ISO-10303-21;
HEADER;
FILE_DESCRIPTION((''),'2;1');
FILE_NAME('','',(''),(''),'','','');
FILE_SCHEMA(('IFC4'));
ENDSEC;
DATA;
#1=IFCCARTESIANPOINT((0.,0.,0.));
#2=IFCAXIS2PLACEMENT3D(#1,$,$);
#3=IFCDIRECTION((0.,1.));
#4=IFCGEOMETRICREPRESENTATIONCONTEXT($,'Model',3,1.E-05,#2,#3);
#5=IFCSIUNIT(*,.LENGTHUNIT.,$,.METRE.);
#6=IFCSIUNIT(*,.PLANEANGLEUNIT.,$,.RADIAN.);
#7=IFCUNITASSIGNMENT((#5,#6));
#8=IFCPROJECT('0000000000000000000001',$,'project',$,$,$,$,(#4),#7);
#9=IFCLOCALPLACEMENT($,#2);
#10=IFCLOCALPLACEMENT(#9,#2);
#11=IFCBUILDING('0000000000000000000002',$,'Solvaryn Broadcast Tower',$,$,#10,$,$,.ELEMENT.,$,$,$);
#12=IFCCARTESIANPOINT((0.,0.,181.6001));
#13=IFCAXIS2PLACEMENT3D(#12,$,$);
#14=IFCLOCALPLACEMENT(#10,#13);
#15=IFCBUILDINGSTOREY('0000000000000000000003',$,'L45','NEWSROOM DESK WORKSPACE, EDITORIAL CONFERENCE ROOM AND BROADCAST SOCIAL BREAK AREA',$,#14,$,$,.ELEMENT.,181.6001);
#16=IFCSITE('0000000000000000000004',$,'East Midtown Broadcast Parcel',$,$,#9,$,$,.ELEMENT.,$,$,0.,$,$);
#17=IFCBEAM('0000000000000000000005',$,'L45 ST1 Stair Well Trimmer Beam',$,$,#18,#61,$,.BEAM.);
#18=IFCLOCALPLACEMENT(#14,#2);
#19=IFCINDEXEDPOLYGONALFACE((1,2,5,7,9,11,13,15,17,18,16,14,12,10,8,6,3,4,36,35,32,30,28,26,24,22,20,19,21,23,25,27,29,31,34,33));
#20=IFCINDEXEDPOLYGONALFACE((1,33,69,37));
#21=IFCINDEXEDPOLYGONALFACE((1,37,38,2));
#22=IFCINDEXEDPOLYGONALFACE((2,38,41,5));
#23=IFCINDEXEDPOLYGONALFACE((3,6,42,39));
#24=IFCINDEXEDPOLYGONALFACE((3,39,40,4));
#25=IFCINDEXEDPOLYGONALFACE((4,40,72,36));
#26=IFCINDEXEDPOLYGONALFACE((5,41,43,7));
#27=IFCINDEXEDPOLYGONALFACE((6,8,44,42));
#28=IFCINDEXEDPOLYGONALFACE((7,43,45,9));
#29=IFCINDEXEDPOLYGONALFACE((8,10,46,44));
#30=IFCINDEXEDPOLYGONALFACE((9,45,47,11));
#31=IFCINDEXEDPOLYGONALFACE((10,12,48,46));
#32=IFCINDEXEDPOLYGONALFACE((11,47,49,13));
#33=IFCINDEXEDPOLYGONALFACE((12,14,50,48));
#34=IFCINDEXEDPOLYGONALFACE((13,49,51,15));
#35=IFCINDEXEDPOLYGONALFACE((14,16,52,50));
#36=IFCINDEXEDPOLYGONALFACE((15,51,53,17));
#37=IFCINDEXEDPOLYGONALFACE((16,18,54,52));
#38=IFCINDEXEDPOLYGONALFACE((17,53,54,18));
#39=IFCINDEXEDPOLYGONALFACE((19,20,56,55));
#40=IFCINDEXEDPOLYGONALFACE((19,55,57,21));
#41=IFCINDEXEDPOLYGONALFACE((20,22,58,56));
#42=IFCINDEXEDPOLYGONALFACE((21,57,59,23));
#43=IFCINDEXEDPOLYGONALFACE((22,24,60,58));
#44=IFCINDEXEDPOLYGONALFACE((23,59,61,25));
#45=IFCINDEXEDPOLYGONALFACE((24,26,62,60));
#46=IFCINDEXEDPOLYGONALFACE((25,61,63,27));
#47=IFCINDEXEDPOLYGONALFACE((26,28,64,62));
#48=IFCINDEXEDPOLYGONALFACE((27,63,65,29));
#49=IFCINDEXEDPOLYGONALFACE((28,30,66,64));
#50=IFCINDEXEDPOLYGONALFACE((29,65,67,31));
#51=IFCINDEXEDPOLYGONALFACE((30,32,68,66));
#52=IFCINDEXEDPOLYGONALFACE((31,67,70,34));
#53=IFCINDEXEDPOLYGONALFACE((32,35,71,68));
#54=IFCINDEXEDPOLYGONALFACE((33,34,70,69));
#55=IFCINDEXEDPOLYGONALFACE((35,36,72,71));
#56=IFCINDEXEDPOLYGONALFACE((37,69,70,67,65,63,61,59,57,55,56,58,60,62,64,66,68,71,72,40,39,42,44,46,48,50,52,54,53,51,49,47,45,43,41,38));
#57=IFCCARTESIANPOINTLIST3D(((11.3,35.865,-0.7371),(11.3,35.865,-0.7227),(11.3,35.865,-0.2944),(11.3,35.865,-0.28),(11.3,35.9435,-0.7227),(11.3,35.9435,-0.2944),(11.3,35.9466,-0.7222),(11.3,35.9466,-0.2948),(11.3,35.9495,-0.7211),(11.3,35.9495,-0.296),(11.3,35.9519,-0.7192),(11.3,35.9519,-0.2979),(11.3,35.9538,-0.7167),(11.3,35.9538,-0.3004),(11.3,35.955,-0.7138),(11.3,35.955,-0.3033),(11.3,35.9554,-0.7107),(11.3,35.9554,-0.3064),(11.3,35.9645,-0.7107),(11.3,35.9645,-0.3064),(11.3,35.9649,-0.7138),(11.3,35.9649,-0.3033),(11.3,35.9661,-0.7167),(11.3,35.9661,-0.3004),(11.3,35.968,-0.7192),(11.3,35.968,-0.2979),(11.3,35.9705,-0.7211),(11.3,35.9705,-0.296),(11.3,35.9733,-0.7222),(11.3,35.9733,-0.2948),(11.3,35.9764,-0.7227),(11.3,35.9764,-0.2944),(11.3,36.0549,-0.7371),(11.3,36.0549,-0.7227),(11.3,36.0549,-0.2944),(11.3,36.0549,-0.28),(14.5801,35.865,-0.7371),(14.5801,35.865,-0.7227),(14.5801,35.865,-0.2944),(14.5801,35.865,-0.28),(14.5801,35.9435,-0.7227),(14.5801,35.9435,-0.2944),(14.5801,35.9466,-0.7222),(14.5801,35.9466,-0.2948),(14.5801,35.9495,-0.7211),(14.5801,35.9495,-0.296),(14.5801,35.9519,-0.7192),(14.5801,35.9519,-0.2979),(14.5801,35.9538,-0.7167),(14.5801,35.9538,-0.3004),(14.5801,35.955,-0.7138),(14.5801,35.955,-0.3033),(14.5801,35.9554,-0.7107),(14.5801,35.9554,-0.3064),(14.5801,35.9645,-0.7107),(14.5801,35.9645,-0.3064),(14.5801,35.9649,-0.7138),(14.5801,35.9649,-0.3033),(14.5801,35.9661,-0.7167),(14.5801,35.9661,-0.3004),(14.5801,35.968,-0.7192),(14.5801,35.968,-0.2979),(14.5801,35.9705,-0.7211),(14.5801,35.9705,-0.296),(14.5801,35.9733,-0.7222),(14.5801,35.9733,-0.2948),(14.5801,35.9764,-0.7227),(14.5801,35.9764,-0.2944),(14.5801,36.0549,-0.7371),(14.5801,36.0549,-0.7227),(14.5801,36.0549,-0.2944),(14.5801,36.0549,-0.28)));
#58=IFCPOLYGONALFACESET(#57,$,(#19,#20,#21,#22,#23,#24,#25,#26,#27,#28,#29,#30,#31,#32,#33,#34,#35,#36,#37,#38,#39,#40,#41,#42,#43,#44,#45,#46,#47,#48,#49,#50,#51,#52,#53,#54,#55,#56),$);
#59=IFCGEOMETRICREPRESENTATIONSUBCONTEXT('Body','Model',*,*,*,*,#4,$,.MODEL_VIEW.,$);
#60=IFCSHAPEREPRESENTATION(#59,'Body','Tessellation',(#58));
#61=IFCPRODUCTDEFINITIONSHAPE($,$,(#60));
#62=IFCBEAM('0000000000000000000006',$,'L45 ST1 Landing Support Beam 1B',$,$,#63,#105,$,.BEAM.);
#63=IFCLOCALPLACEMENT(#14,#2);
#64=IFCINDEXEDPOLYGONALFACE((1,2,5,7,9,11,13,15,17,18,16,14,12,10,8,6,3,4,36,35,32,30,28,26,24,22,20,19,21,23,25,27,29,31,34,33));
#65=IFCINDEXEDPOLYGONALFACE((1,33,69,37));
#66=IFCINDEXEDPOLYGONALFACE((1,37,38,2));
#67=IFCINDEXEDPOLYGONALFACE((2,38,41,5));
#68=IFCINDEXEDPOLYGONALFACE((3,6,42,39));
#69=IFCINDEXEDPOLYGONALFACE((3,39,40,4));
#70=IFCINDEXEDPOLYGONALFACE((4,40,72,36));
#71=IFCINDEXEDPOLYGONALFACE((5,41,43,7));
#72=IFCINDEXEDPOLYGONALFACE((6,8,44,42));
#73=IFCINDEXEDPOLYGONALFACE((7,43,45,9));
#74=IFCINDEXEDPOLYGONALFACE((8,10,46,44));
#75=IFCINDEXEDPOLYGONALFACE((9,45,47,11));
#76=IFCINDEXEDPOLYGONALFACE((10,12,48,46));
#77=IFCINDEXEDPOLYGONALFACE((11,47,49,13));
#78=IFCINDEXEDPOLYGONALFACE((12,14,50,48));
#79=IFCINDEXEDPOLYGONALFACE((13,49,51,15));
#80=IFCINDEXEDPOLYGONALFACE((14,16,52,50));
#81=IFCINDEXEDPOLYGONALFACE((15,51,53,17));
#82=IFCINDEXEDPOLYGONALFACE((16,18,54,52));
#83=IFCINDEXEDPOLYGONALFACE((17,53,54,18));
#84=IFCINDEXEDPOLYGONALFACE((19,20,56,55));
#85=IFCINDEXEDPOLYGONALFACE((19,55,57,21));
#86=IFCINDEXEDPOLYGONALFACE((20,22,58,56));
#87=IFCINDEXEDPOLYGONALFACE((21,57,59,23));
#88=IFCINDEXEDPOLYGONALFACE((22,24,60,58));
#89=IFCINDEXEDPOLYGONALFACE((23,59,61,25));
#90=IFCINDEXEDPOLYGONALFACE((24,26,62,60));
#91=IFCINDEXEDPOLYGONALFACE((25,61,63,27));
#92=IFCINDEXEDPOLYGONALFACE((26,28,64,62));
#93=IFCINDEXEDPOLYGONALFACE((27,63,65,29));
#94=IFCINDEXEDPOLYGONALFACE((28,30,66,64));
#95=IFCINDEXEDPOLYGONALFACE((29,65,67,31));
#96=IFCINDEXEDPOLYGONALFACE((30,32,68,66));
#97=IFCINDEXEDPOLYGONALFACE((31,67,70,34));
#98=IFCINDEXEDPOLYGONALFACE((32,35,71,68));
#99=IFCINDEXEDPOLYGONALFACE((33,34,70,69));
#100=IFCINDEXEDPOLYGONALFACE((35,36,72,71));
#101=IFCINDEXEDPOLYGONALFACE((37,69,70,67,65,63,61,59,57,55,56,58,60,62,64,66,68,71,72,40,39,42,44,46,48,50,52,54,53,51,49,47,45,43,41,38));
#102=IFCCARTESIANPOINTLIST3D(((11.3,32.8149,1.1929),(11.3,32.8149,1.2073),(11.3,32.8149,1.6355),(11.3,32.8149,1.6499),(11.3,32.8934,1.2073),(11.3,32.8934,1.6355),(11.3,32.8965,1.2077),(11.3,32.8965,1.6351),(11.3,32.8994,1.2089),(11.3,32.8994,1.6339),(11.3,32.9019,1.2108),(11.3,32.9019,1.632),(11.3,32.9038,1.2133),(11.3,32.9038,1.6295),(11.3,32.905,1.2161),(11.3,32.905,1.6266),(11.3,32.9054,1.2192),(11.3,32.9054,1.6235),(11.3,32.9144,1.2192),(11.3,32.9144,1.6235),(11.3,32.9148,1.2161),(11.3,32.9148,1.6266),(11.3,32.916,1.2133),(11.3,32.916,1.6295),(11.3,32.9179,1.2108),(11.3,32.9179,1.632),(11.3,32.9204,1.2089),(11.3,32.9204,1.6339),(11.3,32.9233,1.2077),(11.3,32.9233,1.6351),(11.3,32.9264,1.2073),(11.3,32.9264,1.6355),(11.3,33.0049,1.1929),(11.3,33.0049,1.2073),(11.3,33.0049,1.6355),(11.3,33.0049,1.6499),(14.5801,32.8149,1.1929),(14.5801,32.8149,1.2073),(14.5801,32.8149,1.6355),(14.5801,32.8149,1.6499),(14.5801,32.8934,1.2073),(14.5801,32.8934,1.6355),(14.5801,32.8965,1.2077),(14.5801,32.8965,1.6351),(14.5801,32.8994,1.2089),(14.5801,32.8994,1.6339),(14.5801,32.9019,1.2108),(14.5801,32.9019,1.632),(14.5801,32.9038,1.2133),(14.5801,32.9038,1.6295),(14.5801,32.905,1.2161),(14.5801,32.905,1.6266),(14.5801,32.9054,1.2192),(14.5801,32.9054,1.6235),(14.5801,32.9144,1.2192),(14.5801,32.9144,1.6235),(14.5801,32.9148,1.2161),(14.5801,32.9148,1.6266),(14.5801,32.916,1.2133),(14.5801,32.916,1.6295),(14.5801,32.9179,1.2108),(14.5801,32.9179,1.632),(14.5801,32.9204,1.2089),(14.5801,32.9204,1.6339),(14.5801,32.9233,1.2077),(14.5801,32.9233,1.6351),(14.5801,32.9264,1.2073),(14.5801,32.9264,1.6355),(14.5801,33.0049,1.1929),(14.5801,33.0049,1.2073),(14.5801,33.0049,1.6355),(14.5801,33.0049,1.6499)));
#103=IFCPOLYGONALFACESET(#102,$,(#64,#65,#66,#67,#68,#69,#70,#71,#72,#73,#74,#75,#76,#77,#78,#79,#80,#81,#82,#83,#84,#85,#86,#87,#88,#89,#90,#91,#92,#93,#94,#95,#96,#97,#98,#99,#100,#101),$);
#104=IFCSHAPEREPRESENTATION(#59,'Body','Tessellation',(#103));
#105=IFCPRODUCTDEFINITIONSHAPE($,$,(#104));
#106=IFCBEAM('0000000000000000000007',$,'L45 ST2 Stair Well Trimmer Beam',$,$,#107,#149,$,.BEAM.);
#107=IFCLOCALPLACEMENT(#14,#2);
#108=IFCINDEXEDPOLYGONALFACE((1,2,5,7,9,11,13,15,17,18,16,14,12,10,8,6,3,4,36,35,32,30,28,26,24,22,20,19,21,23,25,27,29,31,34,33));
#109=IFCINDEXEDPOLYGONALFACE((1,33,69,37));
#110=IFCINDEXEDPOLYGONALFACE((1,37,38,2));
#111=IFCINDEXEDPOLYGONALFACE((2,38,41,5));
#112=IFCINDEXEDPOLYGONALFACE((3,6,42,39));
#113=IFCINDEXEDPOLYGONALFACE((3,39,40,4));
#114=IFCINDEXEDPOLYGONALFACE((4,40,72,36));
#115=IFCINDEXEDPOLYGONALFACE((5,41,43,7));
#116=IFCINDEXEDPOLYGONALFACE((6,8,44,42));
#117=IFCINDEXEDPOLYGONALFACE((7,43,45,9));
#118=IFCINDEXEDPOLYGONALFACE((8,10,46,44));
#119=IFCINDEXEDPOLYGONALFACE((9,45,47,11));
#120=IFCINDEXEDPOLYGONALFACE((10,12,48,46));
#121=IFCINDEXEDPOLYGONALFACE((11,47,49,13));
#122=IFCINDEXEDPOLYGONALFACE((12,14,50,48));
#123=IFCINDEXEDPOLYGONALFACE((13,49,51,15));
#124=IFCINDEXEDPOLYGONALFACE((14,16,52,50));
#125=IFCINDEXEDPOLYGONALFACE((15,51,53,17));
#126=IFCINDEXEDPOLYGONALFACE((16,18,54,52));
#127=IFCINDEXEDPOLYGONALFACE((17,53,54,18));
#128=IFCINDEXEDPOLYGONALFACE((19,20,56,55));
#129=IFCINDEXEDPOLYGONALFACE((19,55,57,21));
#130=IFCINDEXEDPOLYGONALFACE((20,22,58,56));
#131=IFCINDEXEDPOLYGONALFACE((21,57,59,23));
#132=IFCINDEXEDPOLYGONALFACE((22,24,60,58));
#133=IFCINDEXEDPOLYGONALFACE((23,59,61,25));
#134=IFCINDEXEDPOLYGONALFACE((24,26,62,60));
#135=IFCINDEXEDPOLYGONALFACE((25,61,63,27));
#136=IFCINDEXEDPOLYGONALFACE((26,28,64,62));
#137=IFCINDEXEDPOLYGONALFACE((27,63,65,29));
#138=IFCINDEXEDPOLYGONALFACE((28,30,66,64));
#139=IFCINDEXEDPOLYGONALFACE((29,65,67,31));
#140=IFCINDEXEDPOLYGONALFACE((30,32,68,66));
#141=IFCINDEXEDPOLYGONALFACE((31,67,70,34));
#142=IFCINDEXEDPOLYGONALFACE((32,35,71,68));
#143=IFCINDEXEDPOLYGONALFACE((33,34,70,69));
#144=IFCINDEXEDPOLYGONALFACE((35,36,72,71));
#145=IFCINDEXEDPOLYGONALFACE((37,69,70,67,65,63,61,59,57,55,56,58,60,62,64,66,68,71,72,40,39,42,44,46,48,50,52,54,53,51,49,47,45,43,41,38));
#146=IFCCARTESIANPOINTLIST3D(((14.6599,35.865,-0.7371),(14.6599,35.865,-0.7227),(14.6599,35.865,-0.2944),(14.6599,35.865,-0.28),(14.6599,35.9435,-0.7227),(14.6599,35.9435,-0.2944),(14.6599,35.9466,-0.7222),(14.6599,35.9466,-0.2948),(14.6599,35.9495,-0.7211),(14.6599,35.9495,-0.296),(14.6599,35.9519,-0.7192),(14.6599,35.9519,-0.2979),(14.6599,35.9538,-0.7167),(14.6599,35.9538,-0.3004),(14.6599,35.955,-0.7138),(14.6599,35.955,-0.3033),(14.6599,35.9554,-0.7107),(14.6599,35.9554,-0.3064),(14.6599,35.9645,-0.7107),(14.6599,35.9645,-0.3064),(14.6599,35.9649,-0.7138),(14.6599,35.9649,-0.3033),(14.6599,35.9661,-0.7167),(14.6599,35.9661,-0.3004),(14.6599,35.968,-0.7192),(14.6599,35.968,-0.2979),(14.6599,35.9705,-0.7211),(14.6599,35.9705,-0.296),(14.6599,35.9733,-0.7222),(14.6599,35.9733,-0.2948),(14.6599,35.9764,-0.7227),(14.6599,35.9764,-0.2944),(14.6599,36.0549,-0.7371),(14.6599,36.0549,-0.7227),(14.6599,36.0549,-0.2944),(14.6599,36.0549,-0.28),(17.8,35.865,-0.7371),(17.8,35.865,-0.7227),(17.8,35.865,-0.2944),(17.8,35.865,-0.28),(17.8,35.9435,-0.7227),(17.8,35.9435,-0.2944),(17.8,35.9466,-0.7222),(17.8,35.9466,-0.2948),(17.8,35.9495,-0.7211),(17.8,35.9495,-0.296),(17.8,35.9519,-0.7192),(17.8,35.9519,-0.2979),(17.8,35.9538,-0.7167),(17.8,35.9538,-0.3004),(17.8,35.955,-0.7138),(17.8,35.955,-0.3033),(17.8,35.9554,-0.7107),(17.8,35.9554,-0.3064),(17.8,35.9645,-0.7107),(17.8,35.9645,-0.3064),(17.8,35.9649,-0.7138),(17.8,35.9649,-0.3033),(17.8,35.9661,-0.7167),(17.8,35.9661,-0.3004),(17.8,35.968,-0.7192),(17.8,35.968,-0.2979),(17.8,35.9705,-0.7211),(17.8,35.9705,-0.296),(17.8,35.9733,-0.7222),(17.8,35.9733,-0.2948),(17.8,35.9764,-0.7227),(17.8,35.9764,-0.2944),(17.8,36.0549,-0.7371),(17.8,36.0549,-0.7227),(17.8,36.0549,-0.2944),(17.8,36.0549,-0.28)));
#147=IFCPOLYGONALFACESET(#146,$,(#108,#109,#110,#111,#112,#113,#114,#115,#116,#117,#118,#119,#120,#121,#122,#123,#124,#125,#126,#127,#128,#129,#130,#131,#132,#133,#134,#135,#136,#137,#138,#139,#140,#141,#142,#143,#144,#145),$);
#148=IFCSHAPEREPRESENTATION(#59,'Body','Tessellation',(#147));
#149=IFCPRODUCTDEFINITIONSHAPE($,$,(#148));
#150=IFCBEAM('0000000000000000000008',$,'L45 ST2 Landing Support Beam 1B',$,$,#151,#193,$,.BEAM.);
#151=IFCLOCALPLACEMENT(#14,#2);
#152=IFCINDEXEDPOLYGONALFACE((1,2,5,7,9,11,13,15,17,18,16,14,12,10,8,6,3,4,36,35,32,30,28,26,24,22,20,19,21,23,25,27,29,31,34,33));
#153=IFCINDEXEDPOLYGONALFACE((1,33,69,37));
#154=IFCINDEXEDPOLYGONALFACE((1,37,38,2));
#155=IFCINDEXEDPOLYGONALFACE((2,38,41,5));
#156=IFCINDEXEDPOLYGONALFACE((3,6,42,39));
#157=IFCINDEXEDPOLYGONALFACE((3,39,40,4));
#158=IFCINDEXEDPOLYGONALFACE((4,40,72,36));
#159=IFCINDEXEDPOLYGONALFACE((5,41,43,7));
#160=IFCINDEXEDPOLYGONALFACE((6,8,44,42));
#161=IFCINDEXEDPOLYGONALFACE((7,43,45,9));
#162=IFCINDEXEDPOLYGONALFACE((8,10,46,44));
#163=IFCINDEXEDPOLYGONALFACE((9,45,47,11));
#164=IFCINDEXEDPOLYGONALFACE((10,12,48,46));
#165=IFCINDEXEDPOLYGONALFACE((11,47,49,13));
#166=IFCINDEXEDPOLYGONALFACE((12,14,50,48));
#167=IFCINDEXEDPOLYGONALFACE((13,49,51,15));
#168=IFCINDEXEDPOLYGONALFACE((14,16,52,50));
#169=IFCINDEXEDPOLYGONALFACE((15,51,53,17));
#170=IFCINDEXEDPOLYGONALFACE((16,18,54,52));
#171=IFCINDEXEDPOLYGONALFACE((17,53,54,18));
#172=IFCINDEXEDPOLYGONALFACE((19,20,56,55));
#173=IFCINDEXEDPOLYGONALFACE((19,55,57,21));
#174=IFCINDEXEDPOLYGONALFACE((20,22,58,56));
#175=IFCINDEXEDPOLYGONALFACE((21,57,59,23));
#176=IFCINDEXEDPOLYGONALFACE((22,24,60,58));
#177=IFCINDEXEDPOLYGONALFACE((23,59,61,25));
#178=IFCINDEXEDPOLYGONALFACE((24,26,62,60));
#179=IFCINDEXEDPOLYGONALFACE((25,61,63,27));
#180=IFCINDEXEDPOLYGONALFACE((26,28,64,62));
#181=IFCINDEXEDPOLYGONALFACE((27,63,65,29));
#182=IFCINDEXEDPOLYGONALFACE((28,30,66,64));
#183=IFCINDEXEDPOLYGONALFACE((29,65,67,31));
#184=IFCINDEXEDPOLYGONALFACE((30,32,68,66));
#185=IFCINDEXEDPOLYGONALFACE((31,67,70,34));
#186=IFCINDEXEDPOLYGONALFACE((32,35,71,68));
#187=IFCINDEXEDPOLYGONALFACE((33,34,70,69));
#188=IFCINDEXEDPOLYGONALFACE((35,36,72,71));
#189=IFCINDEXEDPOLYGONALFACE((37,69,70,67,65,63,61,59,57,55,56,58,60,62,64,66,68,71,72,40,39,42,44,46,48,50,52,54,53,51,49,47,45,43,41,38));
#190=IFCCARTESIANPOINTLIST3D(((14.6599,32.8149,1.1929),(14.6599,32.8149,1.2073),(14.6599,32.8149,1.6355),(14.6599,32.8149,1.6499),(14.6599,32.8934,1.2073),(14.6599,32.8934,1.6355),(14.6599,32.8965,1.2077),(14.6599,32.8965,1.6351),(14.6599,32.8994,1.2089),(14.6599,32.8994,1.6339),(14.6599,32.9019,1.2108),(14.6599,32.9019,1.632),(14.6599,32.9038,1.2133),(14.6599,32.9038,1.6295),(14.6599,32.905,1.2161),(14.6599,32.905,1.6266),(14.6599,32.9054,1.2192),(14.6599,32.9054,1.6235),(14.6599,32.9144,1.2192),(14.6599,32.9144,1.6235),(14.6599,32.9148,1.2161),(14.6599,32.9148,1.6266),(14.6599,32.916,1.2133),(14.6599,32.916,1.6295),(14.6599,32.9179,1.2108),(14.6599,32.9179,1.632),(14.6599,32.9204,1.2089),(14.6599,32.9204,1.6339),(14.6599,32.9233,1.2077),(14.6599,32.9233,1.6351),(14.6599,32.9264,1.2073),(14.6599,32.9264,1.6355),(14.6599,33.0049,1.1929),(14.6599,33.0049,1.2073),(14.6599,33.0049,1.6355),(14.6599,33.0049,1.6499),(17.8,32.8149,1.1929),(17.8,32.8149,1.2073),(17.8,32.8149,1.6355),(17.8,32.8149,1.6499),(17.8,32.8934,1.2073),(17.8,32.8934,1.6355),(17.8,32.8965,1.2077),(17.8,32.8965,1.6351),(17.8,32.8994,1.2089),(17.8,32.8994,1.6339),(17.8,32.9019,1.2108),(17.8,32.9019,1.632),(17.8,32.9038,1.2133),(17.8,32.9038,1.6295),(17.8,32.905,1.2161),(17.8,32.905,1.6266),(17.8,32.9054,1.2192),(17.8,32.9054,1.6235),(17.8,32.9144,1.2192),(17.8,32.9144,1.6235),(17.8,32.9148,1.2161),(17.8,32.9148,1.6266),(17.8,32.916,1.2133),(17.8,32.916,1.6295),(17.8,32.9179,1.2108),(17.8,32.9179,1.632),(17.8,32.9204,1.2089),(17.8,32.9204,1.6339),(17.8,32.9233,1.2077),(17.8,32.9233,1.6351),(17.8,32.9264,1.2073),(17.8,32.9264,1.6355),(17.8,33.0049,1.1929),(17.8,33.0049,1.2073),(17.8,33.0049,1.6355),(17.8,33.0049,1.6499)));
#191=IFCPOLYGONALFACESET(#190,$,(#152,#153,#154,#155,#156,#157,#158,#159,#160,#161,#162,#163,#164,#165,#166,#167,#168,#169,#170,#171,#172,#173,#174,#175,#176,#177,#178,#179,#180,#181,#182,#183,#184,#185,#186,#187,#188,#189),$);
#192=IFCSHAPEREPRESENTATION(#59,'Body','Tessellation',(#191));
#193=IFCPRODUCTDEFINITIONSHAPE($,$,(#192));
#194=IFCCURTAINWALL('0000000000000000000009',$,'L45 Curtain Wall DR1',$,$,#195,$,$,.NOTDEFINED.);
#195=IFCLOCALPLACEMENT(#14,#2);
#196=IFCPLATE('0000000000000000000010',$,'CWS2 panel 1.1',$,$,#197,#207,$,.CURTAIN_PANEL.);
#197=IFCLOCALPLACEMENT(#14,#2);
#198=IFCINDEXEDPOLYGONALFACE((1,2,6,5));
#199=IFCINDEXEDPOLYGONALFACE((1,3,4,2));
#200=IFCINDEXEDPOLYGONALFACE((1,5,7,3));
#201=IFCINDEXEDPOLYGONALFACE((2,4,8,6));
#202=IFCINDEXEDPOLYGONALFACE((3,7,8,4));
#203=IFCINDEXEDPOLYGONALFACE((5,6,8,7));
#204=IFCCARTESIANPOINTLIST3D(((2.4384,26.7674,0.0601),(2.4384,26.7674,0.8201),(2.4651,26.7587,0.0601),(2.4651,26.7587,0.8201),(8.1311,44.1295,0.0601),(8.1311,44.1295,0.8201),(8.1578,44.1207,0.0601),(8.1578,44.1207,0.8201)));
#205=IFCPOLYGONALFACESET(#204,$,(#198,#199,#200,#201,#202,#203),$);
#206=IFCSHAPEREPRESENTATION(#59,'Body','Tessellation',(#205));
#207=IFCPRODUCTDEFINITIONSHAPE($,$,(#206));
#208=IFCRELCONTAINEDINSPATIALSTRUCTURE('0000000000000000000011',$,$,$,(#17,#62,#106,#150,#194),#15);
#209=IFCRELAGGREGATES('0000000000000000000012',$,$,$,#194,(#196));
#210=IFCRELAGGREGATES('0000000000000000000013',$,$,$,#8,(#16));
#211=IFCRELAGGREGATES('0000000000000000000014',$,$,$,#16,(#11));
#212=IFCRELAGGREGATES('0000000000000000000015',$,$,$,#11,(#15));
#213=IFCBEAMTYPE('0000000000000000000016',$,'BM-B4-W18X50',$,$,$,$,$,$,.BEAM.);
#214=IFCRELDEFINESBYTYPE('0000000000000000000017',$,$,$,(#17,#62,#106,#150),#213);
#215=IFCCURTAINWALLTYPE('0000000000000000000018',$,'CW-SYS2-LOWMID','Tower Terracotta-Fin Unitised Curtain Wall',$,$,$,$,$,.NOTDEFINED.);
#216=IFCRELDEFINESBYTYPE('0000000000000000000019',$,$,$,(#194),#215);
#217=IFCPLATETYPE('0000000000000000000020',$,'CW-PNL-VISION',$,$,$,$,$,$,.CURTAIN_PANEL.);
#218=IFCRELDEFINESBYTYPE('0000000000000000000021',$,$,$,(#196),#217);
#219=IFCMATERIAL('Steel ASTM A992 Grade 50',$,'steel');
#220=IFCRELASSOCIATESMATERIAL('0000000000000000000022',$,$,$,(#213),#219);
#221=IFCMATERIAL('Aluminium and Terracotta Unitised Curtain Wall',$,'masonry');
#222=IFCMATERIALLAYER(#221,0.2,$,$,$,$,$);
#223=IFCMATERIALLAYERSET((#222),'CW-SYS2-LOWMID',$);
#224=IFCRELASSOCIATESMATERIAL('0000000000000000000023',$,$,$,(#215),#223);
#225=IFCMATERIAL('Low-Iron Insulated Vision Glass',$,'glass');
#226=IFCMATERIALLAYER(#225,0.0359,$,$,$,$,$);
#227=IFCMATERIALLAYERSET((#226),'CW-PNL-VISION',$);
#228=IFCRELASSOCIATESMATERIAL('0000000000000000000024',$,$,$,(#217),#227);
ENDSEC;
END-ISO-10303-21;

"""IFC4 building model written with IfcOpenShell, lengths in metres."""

from ifc_helpers import new_model, si_unit, direction, frame, origin, origin_2d, place, context, subcontext, project, spatial, rectangle, i_section, extrude, material, layer, layer_set, material_profile, profile_set, type_object, element, aggregate, save


model = new_model("IFC4")

# Units and contexts
model_context = context("Model", 3, precision=1e-05, world=origin(), true_north=direction((0.0, 1.0)))
body_context = subcontext(model_context, "Body", "Model", "MODEL_VIEW")
ifc_project = project(units=[si_unit("LENGTHUNIT", "METRE"), si_unit("PLANEANGLEUNIT", "RADIAN")], contexts=[model_context])

# Site, building, storey
site_placement = place(None, origin())
site = spatial("IfcSite", under=ifc_project, at=site_placement, Name="East Midtown Broadcast Parcel", CompositionType="ELEMENT", RefElevation=0.0)
building_placement = place(site_placement, origin())
building = spatial("IfcBuilding", under=site, at=building_placement, Name="Solvaryn Broadcast Tower", CompositionType="ELEMENT")
storey_placement = place(building_placement, frame((0.0, 0.0, 181.6001)))
storey = spatial("IfcBuildingStorey", under=building, at=storey_placement, Name="L45", Description="NEWSROOM DESK WORKSPACE, EDITORIAL CONFERENCE ROOM AND BROADCAST SOCIAL BREAK AREA", CompositionType="ELEMENT", Elevation=181.6001)

# Beams
ifc_material_1 = material(Name="Steel ASTM A992 Grade 50", Category="steel")
ifc_material_profile = material_profile(ifc_material_1, i_section(OverallWidth=0.1899, OverallDepth=0.457, WebThickness=0.009, FlangeThickness=0.0144, FilletRadius=0.012, at=origin_2d()))
ifc_profile_set = profile_set([ifc_material_profile], Name="Steel ASTM A992 Grade 50")
beam_type = type_object("IfcBeamType", Name="BM-B4-W18X50", PredefinedType="BEAM", material=ifc_profile_set)
for number, where, z_axis, x_axis, name in (
    (1, (11.3, 35.96, -0.5085), (1.0, 0.0, 0.0), (0.0, 1.0, 0.0), "L45 ST1 Stair Well Trimmer Beam"),
    (2, (11.3, 32.9099, 1.4214), (1.0, 0.0, 0.0), (0.0, 1.0, 0.0), "L45 ST1 Landing Support Beam 1B"),
):
    element("IfcBeam", number, at=place(storey_placement, frame(where, z_axis=z_axis, x_axis=x_axis)), inside=storey, type_object=beam_type, Name=name, PredefinedType="BEAM", context=body_context, shape_type="SweptSolid", body=[
        extrude(i_section(OverallWidth=0.1899, OverallDepth=0.457, WebThickness=0.009, FlangeThickness=0.0144, FilletRadius=0.012, at=origin_2d()), origin(), (0.0, 0.0, 1.0), 3.28),
    ])
for number, where, z_axis, x_axis, name in (
    (3, (14.6599, 35.96, -0.5085), (1.0, 0.0, 0.0), (0.0, 1.0, 0.0), "L45 ST2 Stair Well Trimmer Beam"),
    (4, (14.6599, 32.9099, 1.4214), (1.0, 0.0, 0.0), (0.0, 1.0, 0.0), "L45 ST2 Landing Support Beam 1B"),
):
    element("IfcBeam", number, at=place(storey_placement, frame(where, z_axis=z_axis, x_axis=x_axis)), inside=storey, type_object=beam_type, Name=name, PredefinedType="BEAM", context=body_context, shape_type="SweptSolid", body=[
        extrude(i_section(OverallWidth=0.1899, OverallDepth=0.457, WebThickness=0.009, FlangeThickness=0.0144, FilletRadius=0.012, at=origin_2d()), origin(), (0.0, 0.0, 1.0), 3.1401),
    ])

# Curtain wall, plate
ifc_material_2 = material(Name="Aluminium and Terracotta Unitised Curtain Wall", Category="masonry")
ifc_layer_1 = layer(ifc_material_2, 0.2)
ifc_layer_set_1 = layer_set([ifc_layer_1], Name="CW-SYS2-LOWMID")
curtain_wall_type = type_object("IfcCurtainWallType", Name="CW-SYS2-LOWMID", Description="Tower Terracotta-Fin Unitised Curtain Wall", PredefinedType="NOTDEFINED", material=ifc_layer_set_1)
curtain_wall_placement = place(storey_placement, origin())
curtain_wall = element("IfcCurtainWall", 5, at=curtain_wall_placement, inside=storey, type_object=curtain_wall_type, Name="L45 Curtain Wall DR1", PredefinedType="NOTDEFINED")
ifc_material_3 = material(Name="Low-Iron Insulated Vision Glass", Category="glass")
ifc_layer_2 = layer(ifc_material_3, 0.0359)
ifc_layer_set_2 = layer_set([ifc_layer_2], Name="CW-PNL-VISION")
plate_type = type_object("IfcPlateType", Name="CW-PNL-VISION", PredefinedType="CURTAIN_PANEL", material=ifc_layer_set_2)
plate_1_placement = place(storey_placement, frame((5.2981, 35.4441, 0.0601), z_axis=(0.0, 0.0, 1.0), x_axis=(-0.311559, -0.950227, 0.0)))
plate_1 = element("IfcPlate", 6, at=plate_1_placement, type_object=plate_type, Name="CWS2 panel 1.1", PredefinedType="CURTAIN_PANEL", context=body_context, shape_type="SweptSolid", body=[
    extrude(rectangle(XDim=18.2715, YDim=0.0281, at=origin_2d()), origin(), (0.0, 0.0, 1.0), 0.76),
])
aggregate(curtain_wall, [plate_1])

save(model, "model.ifc")
